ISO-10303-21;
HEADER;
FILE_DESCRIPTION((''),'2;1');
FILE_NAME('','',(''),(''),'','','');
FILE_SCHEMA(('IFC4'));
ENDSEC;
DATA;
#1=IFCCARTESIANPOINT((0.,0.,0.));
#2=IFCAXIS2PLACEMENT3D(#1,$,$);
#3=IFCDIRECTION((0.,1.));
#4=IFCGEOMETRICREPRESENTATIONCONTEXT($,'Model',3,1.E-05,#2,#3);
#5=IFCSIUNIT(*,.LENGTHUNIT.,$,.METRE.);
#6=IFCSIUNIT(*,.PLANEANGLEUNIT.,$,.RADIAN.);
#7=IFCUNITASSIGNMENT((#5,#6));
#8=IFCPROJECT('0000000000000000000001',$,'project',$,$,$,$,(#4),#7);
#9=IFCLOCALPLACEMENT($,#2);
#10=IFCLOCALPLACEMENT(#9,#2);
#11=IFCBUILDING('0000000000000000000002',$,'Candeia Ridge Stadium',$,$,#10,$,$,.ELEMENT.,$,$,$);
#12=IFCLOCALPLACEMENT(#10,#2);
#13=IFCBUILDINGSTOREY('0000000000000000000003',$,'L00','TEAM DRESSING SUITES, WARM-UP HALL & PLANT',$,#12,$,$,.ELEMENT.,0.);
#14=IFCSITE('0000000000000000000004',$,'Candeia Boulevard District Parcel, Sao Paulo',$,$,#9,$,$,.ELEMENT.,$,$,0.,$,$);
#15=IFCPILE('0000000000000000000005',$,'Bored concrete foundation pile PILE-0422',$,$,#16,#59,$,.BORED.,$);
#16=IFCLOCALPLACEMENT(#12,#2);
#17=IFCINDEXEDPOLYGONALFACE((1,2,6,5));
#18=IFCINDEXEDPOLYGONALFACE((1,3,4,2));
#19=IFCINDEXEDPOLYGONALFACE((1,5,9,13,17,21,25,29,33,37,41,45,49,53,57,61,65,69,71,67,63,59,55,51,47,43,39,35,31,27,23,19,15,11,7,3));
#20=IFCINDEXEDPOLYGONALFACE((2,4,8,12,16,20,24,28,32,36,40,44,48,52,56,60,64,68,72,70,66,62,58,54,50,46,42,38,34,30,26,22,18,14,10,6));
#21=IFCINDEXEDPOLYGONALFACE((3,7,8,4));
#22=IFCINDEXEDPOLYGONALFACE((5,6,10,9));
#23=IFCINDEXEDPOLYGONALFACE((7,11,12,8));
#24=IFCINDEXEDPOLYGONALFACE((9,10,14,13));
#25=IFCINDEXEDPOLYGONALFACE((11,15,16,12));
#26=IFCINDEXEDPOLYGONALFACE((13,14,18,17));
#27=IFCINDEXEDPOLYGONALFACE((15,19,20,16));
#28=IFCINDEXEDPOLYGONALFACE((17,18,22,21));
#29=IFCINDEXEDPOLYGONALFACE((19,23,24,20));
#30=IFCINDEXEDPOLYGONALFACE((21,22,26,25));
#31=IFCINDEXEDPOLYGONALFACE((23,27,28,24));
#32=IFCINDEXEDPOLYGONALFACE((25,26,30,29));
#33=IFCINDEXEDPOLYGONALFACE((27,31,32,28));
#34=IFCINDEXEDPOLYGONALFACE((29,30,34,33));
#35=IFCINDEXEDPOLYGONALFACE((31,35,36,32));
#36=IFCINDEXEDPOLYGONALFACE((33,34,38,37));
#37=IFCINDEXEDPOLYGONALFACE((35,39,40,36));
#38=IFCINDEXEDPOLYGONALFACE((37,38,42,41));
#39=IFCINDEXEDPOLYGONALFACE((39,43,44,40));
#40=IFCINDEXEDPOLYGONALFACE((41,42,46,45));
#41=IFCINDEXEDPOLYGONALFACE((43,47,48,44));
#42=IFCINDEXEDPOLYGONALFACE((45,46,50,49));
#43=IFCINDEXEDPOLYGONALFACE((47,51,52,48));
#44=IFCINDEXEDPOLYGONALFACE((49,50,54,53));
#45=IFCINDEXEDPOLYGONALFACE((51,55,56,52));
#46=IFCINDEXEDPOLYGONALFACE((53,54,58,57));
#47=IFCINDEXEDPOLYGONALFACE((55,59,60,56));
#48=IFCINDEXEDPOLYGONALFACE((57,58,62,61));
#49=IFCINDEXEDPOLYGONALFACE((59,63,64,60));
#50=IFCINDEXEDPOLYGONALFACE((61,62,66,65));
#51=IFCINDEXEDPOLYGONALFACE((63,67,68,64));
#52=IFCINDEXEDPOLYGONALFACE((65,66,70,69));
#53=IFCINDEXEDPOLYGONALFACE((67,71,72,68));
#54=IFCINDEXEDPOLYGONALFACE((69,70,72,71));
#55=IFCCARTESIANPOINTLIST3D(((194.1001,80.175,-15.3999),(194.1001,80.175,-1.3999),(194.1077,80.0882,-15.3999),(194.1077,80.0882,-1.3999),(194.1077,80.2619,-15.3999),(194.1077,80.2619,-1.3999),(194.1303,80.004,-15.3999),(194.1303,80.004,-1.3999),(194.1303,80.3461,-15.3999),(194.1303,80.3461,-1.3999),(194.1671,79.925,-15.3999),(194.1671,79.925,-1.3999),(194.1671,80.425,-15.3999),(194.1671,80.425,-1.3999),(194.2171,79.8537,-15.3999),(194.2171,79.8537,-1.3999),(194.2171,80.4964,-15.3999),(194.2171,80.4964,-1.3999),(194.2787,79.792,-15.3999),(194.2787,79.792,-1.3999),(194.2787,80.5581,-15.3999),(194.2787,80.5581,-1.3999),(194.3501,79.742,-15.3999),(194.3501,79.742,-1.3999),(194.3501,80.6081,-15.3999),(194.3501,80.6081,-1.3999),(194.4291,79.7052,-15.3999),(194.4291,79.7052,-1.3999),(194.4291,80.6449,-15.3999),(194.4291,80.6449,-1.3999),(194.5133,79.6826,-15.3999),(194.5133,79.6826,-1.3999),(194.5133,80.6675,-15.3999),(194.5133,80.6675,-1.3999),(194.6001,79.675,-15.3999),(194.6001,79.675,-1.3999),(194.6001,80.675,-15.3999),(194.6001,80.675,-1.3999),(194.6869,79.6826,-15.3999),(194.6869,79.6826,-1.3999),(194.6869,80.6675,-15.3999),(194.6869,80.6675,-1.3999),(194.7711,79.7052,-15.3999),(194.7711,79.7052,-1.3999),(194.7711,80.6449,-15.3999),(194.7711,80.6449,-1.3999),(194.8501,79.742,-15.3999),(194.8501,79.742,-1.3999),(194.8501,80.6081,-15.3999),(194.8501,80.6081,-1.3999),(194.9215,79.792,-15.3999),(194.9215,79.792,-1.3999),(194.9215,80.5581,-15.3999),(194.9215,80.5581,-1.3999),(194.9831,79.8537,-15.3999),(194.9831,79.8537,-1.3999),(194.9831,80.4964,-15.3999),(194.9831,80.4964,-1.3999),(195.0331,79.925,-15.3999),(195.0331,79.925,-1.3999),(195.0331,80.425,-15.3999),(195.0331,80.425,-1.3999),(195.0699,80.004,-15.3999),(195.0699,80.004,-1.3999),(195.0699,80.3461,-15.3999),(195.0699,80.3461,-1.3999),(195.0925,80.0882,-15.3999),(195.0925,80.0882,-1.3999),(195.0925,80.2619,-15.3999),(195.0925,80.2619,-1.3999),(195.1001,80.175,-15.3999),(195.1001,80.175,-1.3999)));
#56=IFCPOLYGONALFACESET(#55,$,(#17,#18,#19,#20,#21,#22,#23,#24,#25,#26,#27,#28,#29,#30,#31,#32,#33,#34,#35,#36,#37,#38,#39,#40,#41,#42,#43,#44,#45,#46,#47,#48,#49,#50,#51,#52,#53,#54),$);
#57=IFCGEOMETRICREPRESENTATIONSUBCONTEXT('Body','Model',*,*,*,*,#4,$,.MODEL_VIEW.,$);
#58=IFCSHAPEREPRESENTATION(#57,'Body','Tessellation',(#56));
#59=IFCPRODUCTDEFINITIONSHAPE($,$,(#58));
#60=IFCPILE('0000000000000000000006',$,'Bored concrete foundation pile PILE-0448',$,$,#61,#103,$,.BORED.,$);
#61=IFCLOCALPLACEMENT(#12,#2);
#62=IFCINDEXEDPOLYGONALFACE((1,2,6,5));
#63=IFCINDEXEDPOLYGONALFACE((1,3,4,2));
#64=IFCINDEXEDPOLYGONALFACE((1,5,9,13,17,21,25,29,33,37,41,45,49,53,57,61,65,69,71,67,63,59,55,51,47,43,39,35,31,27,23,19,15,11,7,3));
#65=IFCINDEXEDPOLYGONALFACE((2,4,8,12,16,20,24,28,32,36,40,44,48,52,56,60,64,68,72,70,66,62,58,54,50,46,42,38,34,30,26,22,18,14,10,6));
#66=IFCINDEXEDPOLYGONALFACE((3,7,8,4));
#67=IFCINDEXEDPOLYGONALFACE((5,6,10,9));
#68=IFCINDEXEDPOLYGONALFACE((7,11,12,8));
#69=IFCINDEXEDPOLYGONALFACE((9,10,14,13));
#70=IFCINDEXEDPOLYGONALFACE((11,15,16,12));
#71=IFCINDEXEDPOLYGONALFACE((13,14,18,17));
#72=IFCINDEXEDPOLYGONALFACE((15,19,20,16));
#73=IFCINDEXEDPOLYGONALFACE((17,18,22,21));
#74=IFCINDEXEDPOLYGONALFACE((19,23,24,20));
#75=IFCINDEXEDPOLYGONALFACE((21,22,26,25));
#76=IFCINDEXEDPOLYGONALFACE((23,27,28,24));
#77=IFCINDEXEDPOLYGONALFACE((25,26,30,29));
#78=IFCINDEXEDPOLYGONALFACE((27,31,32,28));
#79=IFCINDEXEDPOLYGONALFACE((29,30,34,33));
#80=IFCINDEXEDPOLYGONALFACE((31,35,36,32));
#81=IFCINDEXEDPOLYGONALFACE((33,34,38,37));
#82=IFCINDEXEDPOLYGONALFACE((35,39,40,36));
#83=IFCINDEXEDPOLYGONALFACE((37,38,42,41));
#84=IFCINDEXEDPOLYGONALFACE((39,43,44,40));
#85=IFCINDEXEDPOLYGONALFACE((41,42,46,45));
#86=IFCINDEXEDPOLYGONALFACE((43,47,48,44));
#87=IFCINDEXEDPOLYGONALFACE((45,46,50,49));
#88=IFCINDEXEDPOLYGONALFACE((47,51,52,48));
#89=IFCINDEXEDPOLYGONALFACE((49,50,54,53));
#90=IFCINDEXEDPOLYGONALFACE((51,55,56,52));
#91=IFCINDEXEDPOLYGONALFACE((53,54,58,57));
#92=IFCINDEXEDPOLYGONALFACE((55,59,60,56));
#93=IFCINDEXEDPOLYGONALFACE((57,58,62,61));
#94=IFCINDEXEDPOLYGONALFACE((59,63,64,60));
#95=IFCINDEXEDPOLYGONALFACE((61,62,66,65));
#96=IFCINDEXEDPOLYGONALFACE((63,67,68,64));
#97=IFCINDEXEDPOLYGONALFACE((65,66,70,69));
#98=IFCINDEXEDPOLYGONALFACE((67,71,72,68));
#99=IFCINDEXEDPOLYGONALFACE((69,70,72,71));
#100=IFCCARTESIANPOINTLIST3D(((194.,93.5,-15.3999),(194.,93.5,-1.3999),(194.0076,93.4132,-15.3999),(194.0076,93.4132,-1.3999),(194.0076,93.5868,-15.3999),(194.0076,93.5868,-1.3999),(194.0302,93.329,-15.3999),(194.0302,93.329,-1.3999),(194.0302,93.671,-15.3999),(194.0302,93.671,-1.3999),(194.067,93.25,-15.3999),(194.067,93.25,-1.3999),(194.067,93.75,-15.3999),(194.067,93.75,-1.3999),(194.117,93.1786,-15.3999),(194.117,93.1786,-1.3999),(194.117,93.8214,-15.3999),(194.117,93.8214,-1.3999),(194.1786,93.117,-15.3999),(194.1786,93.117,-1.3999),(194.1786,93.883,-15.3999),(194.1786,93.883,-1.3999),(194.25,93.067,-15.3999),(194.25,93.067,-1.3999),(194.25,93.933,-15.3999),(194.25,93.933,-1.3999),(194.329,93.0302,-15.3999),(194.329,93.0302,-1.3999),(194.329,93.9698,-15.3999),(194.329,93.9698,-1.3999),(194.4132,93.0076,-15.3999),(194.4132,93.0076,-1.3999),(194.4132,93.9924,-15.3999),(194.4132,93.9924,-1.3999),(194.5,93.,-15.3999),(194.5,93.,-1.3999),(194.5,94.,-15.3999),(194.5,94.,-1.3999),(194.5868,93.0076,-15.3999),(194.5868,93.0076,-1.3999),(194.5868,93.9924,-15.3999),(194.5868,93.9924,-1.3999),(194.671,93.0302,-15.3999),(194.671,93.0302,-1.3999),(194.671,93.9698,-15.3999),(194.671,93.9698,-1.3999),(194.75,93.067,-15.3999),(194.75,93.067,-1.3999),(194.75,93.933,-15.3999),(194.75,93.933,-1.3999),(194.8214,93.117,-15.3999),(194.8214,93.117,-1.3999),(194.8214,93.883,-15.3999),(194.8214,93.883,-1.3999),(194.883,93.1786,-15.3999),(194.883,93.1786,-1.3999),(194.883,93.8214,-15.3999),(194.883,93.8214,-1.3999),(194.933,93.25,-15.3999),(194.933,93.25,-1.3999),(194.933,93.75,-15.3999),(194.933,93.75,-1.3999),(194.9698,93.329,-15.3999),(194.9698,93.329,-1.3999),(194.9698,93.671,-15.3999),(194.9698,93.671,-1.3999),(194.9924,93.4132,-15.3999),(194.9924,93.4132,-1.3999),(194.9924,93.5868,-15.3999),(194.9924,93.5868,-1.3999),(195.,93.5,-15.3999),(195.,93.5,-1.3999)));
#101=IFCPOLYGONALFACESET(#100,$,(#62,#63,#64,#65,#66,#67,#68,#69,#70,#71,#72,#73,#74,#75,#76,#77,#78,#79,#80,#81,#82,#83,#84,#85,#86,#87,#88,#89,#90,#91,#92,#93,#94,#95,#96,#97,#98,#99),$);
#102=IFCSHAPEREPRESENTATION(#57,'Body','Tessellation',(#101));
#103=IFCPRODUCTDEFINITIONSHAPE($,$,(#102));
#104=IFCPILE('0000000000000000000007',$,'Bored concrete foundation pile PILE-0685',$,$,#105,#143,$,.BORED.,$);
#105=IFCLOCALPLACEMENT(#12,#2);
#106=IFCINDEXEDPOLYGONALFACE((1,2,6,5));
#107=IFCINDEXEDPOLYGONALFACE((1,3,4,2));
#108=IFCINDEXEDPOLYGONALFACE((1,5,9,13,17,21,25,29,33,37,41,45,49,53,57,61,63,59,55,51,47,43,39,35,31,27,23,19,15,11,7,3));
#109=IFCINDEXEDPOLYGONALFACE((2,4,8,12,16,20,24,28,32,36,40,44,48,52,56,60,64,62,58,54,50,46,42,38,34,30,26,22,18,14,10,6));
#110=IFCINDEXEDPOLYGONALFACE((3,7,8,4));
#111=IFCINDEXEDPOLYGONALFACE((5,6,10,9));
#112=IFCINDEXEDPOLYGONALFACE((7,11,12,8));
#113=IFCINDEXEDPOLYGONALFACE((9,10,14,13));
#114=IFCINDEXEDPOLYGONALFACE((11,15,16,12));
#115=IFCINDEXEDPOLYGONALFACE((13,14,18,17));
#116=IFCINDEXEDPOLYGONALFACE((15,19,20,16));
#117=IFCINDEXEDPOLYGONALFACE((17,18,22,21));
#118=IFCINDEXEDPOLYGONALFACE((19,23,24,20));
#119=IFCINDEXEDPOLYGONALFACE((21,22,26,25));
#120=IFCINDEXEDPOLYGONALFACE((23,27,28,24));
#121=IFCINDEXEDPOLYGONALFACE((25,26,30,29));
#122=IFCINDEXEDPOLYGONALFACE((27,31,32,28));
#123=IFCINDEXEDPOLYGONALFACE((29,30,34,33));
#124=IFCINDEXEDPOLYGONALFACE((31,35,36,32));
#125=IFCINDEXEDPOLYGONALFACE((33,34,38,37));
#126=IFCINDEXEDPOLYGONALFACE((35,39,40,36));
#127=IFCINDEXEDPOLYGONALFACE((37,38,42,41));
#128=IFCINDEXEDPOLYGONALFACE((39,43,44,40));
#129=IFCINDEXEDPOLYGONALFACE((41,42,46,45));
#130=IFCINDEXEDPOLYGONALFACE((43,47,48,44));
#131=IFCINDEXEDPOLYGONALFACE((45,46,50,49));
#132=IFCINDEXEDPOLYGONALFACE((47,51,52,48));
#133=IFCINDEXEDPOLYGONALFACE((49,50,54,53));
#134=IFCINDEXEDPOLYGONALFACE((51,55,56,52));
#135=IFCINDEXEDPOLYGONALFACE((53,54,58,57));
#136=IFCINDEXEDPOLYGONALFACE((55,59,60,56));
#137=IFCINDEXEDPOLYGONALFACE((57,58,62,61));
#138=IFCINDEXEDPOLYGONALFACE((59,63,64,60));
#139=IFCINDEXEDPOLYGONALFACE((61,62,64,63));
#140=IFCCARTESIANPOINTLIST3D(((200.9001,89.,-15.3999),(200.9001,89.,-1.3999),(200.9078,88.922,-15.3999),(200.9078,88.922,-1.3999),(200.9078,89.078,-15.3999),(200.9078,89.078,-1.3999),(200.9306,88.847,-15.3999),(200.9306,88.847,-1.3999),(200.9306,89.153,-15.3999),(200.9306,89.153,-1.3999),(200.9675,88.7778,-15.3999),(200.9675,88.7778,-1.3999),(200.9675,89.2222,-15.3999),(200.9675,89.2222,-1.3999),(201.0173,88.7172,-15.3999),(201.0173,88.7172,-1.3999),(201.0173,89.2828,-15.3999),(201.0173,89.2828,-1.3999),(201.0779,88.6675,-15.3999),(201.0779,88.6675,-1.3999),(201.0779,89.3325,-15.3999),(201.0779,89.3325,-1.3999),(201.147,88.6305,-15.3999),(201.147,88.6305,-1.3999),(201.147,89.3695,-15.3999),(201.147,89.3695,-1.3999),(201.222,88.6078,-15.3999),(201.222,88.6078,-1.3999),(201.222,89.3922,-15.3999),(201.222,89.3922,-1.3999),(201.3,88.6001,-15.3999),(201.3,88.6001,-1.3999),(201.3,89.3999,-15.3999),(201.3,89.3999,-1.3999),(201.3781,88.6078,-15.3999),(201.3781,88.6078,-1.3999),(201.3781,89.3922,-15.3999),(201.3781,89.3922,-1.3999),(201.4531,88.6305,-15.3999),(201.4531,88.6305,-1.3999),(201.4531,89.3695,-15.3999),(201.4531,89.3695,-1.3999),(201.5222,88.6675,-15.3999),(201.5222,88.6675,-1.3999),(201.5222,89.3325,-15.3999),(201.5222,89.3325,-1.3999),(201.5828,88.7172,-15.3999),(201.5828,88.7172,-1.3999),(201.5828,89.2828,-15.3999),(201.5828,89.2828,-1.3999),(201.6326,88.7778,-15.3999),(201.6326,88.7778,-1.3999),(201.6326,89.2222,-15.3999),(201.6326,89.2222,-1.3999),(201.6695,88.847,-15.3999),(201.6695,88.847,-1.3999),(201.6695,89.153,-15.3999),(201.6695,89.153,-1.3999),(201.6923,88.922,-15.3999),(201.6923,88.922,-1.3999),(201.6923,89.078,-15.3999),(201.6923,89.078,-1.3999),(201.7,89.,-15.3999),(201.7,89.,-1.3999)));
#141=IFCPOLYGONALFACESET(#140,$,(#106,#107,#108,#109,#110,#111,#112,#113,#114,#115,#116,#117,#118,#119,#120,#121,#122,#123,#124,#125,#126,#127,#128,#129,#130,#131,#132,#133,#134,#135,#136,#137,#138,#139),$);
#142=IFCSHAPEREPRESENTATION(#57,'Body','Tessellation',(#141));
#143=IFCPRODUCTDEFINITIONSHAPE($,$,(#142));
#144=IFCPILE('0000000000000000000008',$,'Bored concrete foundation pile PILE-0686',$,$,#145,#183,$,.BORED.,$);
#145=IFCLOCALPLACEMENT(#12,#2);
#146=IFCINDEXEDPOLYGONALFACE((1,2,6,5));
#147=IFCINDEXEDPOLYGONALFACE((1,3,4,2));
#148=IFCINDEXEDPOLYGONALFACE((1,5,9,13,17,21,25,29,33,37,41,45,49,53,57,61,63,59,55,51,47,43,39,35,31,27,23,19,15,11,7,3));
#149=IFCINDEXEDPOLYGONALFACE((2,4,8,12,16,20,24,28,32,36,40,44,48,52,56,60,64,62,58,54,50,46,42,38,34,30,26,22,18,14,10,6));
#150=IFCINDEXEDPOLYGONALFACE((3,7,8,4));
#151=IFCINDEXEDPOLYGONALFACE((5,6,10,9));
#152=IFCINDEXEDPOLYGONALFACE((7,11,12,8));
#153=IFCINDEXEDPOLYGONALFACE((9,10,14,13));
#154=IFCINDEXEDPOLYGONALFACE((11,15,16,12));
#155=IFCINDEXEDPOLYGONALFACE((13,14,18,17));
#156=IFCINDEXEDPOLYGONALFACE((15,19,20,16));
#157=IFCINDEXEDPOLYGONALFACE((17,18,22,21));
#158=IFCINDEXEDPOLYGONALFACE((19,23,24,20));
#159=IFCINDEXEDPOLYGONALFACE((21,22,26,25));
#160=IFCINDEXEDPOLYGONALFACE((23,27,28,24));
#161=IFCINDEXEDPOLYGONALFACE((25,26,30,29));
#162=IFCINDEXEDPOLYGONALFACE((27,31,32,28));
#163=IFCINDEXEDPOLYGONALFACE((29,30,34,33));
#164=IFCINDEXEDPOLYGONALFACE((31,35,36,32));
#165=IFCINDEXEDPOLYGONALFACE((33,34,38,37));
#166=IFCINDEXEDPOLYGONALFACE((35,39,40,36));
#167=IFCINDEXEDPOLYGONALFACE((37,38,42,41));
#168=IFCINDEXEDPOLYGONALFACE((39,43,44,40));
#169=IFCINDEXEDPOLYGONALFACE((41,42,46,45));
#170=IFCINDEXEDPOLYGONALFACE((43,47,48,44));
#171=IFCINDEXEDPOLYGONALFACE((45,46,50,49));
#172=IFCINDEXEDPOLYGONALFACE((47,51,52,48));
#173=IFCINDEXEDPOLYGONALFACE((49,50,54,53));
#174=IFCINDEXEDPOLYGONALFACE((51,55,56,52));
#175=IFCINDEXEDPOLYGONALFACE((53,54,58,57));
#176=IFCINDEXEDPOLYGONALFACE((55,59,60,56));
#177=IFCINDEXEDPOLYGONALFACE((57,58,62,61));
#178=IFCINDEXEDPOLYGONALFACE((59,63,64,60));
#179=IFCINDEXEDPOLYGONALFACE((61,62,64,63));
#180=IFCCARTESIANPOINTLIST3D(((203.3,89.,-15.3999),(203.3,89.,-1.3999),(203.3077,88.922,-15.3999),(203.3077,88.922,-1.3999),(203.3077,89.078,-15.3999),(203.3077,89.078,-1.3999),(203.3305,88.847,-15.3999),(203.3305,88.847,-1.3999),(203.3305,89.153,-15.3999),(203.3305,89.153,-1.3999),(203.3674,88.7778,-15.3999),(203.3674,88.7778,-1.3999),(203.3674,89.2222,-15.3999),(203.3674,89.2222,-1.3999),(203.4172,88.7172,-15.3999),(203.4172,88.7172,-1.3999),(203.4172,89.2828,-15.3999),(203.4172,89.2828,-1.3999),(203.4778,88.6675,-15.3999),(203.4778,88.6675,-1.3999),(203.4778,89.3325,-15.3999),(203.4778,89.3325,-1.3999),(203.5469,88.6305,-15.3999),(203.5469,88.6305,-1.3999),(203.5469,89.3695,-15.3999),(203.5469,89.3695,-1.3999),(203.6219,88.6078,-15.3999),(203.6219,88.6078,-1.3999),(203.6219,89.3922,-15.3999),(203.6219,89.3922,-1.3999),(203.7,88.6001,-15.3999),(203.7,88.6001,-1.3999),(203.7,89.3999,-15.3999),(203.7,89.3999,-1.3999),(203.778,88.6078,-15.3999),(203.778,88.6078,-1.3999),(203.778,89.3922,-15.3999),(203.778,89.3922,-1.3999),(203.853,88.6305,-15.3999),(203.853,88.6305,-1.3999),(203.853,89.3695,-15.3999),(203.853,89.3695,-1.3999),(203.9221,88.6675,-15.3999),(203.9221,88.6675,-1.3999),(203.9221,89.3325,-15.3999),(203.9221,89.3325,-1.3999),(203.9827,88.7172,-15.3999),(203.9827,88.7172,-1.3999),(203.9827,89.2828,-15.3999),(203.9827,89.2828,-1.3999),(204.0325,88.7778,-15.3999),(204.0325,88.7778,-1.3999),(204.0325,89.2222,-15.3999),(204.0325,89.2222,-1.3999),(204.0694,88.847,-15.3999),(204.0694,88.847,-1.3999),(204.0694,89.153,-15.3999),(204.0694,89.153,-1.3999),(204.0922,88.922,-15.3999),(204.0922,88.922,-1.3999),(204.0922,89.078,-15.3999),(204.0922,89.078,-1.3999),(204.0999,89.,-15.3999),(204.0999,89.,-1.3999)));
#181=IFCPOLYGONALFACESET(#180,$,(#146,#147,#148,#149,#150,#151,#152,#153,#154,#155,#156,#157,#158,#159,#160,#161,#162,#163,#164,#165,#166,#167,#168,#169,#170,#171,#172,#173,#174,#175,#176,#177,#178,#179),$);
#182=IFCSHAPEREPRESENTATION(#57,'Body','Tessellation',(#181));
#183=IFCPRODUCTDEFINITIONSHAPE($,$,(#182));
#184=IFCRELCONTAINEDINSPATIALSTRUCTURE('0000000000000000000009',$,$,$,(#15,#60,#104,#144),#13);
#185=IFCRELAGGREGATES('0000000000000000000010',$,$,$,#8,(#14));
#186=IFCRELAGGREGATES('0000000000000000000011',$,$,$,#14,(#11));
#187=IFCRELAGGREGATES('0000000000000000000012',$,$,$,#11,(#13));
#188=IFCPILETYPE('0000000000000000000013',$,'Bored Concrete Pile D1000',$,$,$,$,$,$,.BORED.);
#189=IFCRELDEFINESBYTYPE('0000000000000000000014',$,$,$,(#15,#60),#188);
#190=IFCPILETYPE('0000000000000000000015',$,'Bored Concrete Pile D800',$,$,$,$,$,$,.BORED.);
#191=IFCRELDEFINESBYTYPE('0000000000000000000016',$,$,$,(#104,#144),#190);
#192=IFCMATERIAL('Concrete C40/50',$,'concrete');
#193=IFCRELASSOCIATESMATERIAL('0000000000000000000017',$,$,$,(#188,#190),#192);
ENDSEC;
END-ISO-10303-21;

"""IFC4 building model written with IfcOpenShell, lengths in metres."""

from ifc_helpers import new_model, si_unit, direction, frame, origin, origin_2d, place, context, subcontext, project, spatial, circle, extrude, material, material_profile, profile_set, type_object, element, save


model = new_model("IFC4")

# Units and contexts
model_context = context("Model", 3, precision=1e-05, world=origin(), true_north=direction((0.0, 1.0)))
body_context = subcontext(model_context, "Body", "Model", "MODEL_VIEW")
ifc_project = project(units=[si_unit("LENGTHUNIT", "METRE"), si_unit("PLANEANGLEUNIT", "RADIAN")], contexts=[model_context])

# Site, building, storey
site_placement = place(None, origin())
site = spatial("IfcSite", under=ifc_project, at=site_placement, Name="Candeia Boulevard District Parcel, Sao Paulo", CompositionType="ELEMENT", RefElevation=0.0)
building_placement = place(site_placement, origin())
building = spatial("IfcBuilding", under=site, at=building_placement, Name="Candeia Ridge Stadium", CompositionType="ELEMENT")
storey_placement = place(building_placement, origin())
storey = spatial("IfcBuildingStorey", under=building, at=storey_placement, Name="L00", Description="TEAM DRESSING SUITES, WARM-UP HALL & PLANT", CompositionType="ELEMENT", Elevation=0.0)

# Piles
ifc_material_1 = material(Name="Concrete C40/50", Category="concrete")
ifc_material_profile_1 = material_profile(ifc_material_1, circle(Radius=0.5, at=origin_2d()), Name="PILE-D1000", Category="concrete")
ifc_profile_set_1 = profile_set([ifc_material_profile_1], Name="Concrete C40/50")
pile_type_1 = type_object("IfcPileType", Name="Bored Concrete Pile D1000", PredefinedType="BORED", material=ifc_profile_set_1)
for number, where, z_axis, x_axis, name in (
    (1, (194.6001, 80.175, -1.3999), (0.0, 0.0, -1.0), (1.0, 0.0, 0.0), "Bored concrete foundation pile PILE-0422"),
    (2, (194.5, 93.5, -1.3999), (0.0, 0.0, -1.0), (1.0, 0.0, 0.0), "Bored concrete foundation pile PILE-0448"),
):
    element("IfcPile", number, at=place(storey_placement, frame(where, z_axis=z_axis, x_axis=x_axis)), inside=storey, type_object=pile_type_1, Name=name, PredefinedType="BORED", context=body_context, shape_type="SweptSolid", body=[
        extrude(circle(Radius=0.5, at=origin_2d()), origin(), (0.0, 0.0, 1.0), 14.0),
    ])
ifc_material_profile_2 = material_profile(ifc_material_1, circle(Radius=0.3999, at=origin_2d()), Name="PILE-D800", Category="concrete")
ifc_profile_set_2 = profile_set([ifc_material_profile_2], Name="Concrete C40/50")
pile_type_2 = type_object("IfcPileType", Name="Bored Concrete Pile D800", PredefinedType="BORED", material=ifc_profile_set_2)
for number, where, z_axis, x_axis, name in (
    (3, (201.3, 89.0, -1.3999), (0.0, 0.0, -1.0), (1.0, 0.0, 0.0), "Bored concrete foundation pile PILE-0685"),
    (4, (203.7, 89.0, -1.3999), (0.0, 0.0, -1.0), (1.0, 0.0, 0.0), "Bored concrete foundation pile PILE-0686"),
):
    element("IfcPile", number, at=place(storey_placement, frame(where, z_axis=z_axis, x_axis=x_axis)), inside=storey, type_object=pile_type_2, Name=name, PredefinedType="BORED", context=body_context, shape_type="SweptSolid", body=[
        extrude(circle(Radius=0.3999, at=origin_2d()), origin(), (0.0, 0.0, 1.0), 14.0),
    ])

save(model, "model.ifc")
